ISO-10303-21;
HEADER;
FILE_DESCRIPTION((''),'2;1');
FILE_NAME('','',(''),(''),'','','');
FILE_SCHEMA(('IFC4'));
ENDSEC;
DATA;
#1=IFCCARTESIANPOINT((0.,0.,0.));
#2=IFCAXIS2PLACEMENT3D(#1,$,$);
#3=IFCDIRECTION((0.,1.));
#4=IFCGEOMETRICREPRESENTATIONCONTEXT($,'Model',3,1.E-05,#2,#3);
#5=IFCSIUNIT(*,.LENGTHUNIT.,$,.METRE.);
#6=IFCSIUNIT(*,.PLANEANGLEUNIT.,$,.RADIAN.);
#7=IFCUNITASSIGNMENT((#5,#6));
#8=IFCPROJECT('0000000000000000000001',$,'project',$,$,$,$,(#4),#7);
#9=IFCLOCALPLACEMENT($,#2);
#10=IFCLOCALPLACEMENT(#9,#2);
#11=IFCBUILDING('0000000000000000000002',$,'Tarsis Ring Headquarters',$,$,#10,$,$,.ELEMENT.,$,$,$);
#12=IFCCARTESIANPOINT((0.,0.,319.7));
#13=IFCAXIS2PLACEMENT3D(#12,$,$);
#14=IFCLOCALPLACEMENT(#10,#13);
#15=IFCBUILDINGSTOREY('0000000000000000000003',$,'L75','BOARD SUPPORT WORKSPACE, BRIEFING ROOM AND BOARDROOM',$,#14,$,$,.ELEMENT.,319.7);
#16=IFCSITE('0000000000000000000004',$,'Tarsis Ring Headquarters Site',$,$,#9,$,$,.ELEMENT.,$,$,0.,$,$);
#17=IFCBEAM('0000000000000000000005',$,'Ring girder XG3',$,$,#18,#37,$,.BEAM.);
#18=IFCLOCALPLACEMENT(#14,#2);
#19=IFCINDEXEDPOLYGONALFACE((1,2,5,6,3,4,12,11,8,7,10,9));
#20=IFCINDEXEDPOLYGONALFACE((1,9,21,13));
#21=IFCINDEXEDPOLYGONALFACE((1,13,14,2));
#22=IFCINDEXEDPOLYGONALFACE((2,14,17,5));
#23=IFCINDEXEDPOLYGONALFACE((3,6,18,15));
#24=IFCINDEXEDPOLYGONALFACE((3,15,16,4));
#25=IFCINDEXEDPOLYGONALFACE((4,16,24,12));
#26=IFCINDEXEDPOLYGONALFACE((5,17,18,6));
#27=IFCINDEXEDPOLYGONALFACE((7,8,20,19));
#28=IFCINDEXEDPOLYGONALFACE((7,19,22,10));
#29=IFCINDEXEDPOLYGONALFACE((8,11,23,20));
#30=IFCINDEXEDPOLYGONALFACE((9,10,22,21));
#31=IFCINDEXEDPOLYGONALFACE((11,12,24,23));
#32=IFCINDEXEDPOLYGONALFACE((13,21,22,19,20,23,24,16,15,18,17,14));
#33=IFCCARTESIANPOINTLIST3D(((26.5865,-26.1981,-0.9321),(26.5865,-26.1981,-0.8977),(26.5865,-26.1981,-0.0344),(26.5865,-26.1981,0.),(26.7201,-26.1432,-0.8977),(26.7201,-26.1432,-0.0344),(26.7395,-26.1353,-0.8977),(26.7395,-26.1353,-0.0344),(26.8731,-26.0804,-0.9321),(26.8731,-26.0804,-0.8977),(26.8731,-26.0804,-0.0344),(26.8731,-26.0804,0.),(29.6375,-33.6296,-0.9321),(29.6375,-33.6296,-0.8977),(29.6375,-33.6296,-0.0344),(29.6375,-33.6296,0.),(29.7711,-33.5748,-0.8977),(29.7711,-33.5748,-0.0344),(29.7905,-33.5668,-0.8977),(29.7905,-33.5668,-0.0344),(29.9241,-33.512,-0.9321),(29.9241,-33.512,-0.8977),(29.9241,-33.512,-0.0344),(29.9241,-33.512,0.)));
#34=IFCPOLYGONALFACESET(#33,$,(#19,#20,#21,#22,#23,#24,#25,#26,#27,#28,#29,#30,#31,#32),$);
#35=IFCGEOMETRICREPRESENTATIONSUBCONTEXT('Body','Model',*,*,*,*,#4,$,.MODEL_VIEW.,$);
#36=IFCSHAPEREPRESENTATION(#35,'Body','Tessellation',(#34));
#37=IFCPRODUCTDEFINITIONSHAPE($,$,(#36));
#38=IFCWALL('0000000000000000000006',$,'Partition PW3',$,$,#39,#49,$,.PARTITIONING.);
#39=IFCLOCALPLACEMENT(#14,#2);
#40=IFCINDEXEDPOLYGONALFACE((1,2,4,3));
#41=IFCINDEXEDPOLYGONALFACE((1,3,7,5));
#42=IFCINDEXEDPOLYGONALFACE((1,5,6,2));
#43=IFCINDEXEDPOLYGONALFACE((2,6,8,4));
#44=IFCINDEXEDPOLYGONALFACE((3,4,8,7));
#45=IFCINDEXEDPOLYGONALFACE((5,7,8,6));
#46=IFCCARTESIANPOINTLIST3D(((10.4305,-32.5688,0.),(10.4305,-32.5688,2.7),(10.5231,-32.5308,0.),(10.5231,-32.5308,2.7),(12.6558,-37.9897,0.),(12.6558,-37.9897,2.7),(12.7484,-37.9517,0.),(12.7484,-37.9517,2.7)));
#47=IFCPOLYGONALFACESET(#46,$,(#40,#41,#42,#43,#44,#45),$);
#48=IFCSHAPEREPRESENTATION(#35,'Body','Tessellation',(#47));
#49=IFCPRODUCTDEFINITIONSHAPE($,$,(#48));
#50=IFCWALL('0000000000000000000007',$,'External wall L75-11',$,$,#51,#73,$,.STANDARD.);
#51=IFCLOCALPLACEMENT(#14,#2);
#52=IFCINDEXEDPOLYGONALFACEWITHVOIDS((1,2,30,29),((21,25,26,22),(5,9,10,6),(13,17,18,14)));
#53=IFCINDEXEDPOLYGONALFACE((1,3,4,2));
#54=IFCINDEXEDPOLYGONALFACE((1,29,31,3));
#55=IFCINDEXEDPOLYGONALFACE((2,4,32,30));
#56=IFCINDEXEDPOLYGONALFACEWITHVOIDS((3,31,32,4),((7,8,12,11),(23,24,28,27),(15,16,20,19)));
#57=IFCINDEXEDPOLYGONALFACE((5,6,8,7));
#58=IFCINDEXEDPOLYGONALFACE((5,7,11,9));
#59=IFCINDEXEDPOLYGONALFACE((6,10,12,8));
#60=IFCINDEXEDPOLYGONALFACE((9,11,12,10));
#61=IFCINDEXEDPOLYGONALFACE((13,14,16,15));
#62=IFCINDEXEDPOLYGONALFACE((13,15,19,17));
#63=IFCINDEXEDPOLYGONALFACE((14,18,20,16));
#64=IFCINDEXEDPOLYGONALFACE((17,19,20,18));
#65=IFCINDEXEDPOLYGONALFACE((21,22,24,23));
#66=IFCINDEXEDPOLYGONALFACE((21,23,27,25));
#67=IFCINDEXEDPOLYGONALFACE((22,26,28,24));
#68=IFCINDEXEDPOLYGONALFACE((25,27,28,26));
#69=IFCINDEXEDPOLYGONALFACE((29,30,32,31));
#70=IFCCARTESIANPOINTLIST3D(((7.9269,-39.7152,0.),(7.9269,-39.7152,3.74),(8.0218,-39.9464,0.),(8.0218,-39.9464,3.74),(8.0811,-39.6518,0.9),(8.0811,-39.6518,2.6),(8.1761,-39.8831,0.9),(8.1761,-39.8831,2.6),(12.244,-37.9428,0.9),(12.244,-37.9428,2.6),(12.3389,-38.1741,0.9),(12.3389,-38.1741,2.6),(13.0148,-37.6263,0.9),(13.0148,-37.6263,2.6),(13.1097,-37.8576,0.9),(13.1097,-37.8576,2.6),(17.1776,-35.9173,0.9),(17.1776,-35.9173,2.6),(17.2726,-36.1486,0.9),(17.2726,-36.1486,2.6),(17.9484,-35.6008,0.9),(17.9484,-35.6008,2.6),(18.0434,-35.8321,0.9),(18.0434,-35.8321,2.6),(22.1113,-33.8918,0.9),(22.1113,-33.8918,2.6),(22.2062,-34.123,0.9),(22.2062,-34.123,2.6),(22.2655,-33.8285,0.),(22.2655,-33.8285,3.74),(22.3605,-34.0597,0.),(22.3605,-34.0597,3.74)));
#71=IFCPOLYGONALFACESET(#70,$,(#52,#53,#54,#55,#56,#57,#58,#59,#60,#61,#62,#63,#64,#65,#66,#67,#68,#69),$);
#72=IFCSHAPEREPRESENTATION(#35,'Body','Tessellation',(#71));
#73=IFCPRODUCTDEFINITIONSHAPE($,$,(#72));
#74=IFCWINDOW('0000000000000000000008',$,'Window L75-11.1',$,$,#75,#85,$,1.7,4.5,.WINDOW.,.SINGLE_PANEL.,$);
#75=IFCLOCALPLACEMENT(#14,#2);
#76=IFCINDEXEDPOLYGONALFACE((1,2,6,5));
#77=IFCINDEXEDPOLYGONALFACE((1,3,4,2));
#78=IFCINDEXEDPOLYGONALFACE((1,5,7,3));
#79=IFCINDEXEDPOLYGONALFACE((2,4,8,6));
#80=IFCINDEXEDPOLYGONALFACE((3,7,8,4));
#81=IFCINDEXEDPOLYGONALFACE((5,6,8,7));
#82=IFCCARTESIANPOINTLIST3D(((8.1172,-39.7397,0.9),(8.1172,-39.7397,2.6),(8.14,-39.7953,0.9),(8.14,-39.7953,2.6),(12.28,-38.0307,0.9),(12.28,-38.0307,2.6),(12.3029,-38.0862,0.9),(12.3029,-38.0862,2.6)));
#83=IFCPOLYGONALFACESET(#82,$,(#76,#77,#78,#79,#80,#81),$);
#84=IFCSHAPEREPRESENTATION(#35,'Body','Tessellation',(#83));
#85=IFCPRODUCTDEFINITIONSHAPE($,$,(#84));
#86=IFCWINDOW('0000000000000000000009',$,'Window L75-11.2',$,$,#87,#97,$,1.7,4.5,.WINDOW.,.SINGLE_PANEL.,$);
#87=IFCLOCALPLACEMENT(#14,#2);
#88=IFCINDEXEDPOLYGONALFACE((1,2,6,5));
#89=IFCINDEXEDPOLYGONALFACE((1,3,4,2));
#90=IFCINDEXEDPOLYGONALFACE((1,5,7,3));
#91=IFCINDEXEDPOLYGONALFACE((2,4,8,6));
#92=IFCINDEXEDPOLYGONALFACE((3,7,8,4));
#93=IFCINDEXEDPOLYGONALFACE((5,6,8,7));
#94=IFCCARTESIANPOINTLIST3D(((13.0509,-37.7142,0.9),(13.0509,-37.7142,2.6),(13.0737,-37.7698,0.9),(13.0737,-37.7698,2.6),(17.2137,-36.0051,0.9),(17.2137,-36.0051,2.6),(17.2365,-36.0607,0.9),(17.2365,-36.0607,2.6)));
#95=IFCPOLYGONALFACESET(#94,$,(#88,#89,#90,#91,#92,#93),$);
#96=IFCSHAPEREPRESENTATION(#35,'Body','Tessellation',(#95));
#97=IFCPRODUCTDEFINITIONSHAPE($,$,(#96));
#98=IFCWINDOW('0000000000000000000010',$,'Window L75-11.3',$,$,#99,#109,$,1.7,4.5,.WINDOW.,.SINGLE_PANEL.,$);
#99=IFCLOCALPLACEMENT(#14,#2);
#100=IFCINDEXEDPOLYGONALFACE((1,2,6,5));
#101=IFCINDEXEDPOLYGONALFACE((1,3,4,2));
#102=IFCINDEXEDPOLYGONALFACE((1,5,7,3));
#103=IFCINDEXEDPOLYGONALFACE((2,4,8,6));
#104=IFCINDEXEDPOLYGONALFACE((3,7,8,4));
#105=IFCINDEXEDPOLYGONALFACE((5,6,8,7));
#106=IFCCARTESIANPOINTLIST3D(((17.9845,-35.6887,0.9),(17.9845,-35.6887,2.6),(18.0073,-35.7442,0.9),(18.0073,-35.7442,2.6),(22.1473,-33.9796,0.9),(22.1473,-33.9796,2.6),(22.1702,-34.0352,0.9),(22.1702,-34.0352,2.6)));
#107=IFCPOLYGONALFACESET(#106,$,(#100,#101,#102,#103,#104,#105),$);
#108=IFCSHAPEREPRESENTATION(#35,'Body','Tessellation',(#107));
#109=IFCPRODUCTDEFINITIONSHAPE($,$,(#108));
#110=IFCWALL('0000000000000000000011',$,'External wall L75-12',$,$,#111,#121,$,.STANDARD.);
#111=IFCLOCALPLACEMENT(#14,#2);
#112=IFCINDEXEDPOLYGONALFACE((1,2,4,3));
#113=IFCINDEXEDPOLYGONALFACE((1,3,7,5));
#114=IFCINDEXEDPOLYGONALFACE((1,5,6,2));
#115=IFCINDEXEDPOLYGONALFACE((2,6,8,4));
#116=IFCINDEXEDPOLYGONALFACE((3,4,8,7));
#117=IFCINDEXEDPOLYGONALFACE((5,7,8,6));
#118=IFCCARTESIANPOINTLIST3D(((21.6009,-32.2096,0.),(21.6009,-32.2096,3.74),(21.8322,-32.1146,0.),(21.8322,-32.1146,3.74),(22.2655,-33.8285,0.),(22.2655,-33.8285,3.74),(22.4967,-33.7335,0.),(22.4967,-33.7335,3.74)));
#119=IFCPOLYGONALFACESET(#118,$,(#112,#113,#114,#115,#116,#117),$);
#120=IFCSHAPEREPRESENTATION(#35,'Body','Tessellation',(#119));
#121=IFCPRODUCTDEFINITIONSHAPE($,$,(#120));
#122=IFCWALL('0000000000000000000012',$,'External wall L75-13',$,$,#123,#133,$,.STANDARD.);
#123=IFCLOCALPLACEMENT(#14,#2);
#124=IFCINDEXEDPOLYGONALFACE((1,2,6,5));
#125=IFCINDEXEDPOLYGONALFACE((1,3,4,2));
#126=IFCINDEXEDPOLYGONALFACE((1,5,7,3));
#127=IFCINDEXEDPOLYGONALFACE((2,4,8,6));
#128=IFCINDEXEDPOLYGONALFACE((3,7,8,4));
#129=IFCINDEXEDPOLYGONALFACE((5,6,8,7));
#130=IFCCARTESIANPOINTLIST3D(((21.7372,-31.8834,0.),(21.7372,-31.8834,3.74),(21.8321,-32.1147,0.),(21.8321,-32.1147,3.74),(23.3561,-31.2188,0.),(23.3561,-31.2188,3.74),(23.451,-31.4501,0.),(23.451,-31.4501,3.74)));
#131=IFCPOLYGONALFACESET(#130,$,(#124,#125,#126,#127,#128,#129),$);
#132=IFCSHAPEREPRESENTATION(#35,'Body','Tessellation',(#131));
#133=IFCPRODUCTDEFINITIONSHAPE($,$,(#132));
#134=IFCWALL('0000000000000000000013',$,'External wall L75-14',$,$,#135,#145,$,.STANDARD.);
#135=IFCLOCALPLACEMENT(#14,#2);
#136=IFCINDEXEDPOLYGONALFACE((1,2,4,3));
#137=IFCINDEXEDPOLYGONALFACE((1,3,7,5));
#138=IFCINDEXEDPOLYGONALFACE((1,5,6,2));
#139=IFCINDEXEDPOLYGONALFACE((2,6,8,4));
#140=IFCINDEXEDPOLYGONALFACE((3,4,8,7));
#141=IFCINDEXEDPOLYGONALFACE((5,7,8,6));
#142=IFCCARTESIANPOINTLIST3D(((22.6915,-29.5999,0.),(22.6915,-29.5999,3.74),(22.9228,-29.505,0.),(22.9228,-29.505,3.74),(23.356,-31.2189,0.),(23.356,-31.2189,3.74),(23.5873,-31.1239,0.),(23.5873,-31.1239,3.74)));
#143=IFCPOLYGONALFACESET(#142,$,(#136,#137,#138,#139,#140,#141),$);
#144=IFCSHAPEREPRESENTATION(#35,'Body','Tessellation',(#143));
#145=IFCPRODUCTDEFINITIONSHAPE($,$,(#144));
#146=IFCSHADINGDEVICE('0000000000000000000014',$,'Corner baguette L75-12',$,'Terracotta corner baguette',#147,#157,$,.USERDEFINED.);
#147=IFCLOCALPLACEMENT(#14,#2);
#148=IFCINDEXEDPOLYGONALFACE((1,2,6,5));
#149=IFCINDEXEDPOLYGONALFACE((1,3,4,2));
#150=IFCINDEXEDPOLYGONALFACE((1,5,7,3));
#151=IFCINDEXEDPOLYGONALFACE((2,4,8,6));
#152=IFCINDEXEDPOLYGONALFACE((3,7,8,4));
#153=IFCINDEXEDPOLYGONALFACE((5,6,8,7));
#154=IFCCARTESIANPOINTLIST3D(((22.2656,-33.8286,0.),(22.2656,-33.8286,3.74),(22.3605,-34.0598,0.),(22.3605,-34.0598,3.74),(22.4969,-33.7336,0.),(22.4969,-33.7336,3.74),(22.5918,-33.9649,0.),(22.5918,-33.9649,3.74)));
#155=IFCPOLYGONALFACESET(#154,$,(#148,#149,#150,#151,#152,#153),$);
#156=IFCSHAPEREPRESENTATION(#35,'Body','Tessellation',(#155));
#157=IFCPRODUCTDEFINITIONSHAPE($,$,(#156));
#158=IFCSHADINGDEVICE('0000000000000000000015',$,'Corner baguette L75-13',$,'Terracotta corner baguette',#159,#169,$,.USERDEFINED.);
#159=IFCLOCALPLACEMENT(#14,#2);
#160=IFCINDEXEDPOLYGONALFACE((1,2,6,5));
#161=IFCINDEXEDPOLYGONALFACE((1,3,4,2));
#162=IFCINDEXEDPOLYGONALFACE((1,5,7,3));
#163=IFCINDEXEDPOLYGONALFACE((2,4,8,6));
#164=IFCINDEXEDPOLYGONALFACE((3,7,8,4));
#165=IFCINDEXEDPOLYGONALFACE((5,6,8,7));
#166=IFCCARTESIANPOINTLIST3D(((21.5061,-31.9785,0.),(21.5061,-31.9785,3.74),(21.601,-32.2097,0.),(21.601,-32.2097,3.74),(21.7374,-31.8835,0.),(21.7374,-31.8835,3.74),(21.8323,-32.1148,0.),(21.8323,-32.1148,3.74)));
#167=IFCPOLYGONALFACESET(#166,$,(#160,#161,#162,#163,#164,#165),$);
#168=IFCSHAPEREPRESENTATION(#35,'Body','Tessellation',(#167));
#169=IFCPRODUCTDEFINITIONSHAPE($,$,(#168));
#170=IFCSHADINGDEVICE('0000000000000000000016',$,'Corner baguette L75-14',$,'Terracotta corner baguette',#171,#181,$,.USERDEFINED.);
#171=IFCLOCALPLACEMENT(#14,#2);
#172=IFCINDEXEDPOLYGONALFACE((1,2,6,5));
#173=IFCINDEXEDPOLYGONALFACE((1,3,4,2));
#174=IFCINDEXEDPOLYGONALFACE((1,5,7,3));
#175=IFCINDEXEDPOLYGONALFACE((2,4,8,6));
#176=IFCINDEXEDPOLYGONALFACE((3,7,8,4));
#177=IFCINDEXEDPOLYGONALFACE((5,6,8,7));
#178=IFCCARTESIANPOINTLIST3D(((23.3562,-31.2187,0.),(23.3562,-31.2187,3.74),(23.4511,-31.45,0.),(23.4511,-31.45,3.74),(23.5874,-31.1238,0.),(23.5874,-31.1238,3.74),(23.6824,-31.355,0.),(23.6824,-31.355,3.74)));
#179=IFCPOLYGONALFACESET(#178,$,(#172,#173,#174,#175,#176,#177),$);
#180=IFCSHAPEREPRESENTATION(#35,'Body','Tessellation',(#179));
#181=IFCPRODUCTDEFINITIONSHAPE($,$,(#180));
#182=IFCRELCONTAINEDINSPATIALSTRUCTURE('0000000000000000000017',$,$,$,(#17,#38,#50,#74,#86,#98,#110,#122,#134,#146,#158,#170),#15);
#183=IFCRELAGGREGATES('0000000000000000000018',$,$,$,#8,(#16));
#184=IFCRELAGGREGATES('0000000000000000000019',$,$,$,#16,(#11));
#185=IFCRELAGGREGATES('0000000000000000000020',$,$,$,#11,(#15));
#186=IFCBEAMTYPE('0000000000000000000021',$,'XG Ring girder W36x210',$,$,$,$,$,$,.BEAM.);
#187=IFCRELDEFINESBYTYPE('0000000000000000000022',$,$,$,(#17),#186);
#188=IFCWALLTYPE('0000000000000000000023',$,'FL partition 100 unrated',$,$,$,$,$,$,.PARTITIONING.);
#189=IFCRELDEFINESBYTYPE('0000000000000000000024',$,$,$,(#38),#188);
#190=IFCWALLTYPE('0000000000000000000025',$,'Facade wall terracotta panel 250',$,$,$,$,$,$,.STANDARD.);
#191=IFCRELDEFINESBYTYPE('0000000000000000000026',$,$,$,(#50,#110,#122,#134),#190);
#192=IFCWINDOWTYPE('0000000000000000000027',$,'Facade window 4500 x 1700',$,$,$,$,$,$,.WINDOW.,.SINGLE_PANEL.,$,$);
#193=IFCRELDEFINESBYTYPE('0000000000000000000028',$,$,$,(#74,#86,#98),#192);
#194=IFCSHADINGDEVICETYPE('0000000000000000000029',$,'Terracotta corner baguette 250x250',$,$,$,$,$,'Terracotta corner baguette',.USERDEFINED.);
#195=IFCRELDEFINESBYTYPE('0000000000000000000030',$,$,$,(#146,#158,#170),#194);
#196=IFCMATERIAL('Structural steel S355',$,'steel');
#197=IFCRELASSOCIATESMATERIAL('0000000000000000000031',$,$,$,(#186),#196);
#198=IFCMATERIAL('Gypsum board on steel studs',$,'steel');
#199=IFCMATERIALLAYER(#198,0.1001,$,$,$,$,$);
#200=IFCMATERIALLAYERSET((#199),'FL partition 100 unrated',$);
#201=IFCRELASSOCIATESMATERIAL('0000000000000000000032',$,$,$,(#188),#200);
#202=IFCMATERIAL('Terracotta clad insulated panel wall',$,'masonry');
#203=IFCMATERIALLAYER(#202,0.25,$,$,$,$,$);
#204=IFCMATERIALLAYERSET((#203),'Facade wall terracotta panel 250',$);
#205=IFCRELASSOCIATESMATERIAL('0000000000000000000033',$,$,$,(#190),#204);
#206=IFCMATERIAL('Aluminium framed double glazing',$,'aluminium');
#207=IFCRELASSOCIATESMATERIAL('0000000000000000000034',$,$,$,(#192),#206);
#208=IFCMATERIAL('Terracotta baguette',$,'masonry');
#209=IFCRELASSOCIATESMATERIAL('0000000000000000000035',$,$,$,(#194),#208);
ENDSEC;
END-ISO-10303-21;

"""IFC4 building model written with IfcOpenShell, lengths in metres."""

from ifc_helpers import new_model, si_unit, direction, frame, frame_2d, origin, origin_2d, place, context, subcontext, project, spatial, rectangle, i_section, extrude, material, layer, layer_set, material_profile, profile_set, type_object, element, fill, save


model = new_model("IFC4")

# Units and contexts
model_context = context("Model", 3, precision=1e-05, world=origin(), true_north=direction((0.0, 1.0)))
body_context = subcontext(model_context, "Body", "Model", "MODEL_VIEW")
ifc_project = project(units=[si_unit("LENGTHUNIT", "METRE"), si_unit("PLANEANGLEUNIT", "RADIAN")], contexts=[model_context])

# Site, building, storey
site_placement = place(None, origin())
site = spatial("IfcSite", under=ifc_project, at=site_placement, Name="Tarsis Ring Headquarters Site", CompositionType="ELEMENT", RefElevation=0.0)
building_placement = place(site_placement, origin())
building = spatial("IfcBuilding", under=site, at=building_placement, Name="Tarsis Ring Headquarters", CompositionType="ELEMENT")
storey_placement = place(building_placement, frame((0.0, 0.0, 319.7)))
storey = spatial("IfcBuildingStorey", under=building, at=storey_placement, Name="L75", Description="BOARD SUPPORT WORKSPACE, BRIEFING ROOM AND BOARDROOM", CompositionType="ELEMENT", Elevation=319.7)

# Shared definitions
ifc_material_1 = material(Name="Structural steel S355", Category="steel")

# Beam
ifc_material_profile_1 = material_profile(ifc_material_1, i_section(OverallWidth=0.3098, OverallDepth=0.9321, WebThickness=0.021, FlangeThickness=0.0344, at=origin_2d()), Name="W36x210")
ifc_profile_set_1 = profile_set([ifc_material_profile_1], Name="Structural steel S355")
beam_type = type_object("IfcBeamType", Name="XG Ring girder W36x210", PredefinedType="BEAM", material=ifc_profile_set_1)
beam_1_placement = place(storey_placement, frame((29.7808, -33.5708, -0.4661), z_axis=(-0.379785, 0.925075, 0.0), x_axis=(-0.925075, -0.379785, 0.0)))
element("IfcBeam", 1, at=beam_1_placement, inside=storey, type_object=beam_type, Name="Ring girder XG3", PredefinedType="BEAM", context=body_context, shape_type="SweptSolid", body=[
    extrude(i_section(OverallWidth=0.3098, OverallDepth=0.9321, WebThickness=0.021, FlangeThickness=0.0344, at=origin_2d()), origin(), (0.0, 0.0, 1.0), 8.0334),
])

# Wall
ifc_material_2 = material(Name="Gypsum board on steel studs", Category="steel")
ifc_layer_1 = layer(ifc_material_2, 0.1001)
ifc_layer_set_1 = layer_set([ifc_layer_1], Name="FL partition 100 unrated")
wall_type_1 = type_object("IfcWallType", Name="FL partition 100 unrated", PredefinedType="PARTITIONING", material=ifc_layer_set_1)
wall_1_placement = place(storey_placement, frame((10.4768, -32.5498, 0.0), z_axis=(0.0, 0.0, 1.0), x_axis=(0.379758, -0.925086, 0.0)))
element("IfcWall", 2, at=wall_1_placement, inside=storey, type_object=wall_type_1, Name="Partition PW3", PredefinedType="PARTITIONING", context=body_context, shape_type="SweptSolid", body=[
    extrude(rectangle(XDim=5.8599, YDim=0.1001, at=frame_2d((2.9299, 0.0))), origin(), (0.0, 0.0, 1.0), 2.7),
])

# Wall, openings, windows
ifc_material_3 = material(Name="Terracotta clad insulated panel wall", Category="masonry")
ifc_layer_2 = layer(ifc_material_3, 0.25)
ifc_layer_set_2 = layer_set([ifc_layer_2], Name="Facade wall terracotta panel 250")
wall_type_2 = type_object("IfcWallType", Name="Facade wall terracotta panel 250", PredefinedType="STANDARD", material=ifc_layer_set_2)
wall_2_placement = place(storey_placement, frame((7.9744, -39.8308, 0.0), z_axis=(0.0, 0.0, 1.0), x_axis=(0.925073, 0.379789, 0.0)))
wall_2 = element("IfcWall", 3, at=wall_2_placement, inside=storey, type_object=wall_type_2, Name="External wall L75-11", PredefinedType="STANDARD", context=body_context, shape_type="SweptSolid", body=[
    extrude(rectangle(XDim=15.5, YDim=0.25, at=frame_2d((7.75, 0.0))), origin(), (0.0, 0.0, 1.0), 3.74),
])
opening_1_placement = place(wall_2_placement, frame((0.1667, 0.0, 0.8999)))
opening_1 = element("IfcOpeningElement", 4, at=opening_1_placement, cuts=wall_2, PredefinedType="OPENING", context=body_context, shape_type="SweptSolid", body=[
    extrude(rectangle(XDim=4.5, YDim=1.7, at=frame_2d((2.25, 0.8501))), frame((0.0, 0.135, 0.0), z_axis=(0.0, -1.0, 0.0), x_axis=(1.0, 0.0, 0.0)), (0.0, 0.0, 1.0), 0.27),
])
opening_2_placement = place(wall_2_placement, frame((5.5, 0.0, 0.8999)))
opening_2 = element("IfcOpeningElement", 5, at=opening_2_placement, cuts=wall_2, PredefinedType="OPENING", context=body_context, shape_type="SweptSolid", body=[
    extrude(rectangle(XDim=4.5, YDim=1.7, at=frame_2d((2.25, 0.8501))), frame((0.0, 0.135, 0.0), z_axis=(0.0, -1.0, 0.0), x_axis=(1.0, 0.0, 0.0)), (0.0, 0.0, 1.0), 0.27),
])
opening_3_placement = place(wall_2_placement, frame((10.8333, 0.0, 0.8999)))
opening_3 = element("IfcOpeningElement", 6, at=opening_3_placement, cuts=wall_2, PredefinedType="OPENING", context=body_context, shape_type="SweptSolid", body=[
    extrude(rectangle(XDim=4.5, YDim=1.7, at=frame_2d((2.25, 0.8501))), frame((0.0, 0.135, 0.0), z_axis=(0.0, -1.0, 0.0), x_axis=(1.0, 0.0, 0.0)), (0.0, 0.0, 1.0), 0.27),
])
ifc_material_4 = material(Name="Aluminium framed double glazing", Category="aluminium")
window_type = type_object("IfcWindowType", Name="Facade window 4500 x 1700", PartitioningType="SINGLE_PANEL", PredefinedType="WINDOW", material=ifc_material_4)
window_1_placement = place(opening_1_placement, origin())
window_1 = element("IfcWindow", 7, at=window_1_placement, inside=storey, type_object=window_type, Name="Window L75-11.1", OverallHeight=1.7, OverallWidth=4.5, PartitioningType="SINGLE_PANEL", PredefinedType="WINDOW", context=body_context, shape_type="SweptSolid", body=[
    extrude(rectangle(XDim=4.5, YDim=1.7, at=frame_2d((2.25, 0.8501))), frame((0.0, 0.03, 0.0), z_axis=(0.0, -1.0, 0.0), x_axis=(1.0, 0.0, 0.0)), (0.0, 0.0, 1.0), 0.0601),
])
fill(opening_1, window_1)
window_2_placement = place(opening_2_placement, origin())
window_2 = element("IfcWindow", 8, at=window_2_placement, inside=storey, type_object=window_type, Name="Window L75-11.2", OverallHeight=1.7, OverallWidth=4.5, PartitioningType="SINGLE_PANEL", PredefinedType="WINDOW", context=body_context, shape_type="SweptSolid", body=[
    extrude(rectangle(XDim=4.5, YDim=1.7, at=frame_2d((2.25, 0.8501))), frame((0.0, 0.03, 0.0), z_axis=(0.0, -1.0, 0.0), x_axis=(1.0, 0.0, 0.0)), (0.0, 0.0, 1.0), 0.0601),
])
fill(opening_2, window_2)
window_3_placement = place(opening_3_placement, origin())
window_3 = element("IfcWindow", 9, at=window_3_placement, inside=storey, type_object=window_type, Name="Window L75-11.3", OverallHeight=1.7, OverallWidth=4.5, PartitioningType="SINGLE_PANEL", PredefinedType="WINDOW", context=body_context, shape_type="SweptSolid", body=[
    extrude(rectangle(XDim=4.5, YDim=1.7, at=frame_2d((2.25, 0.8501))), frame((0.0, 0.03, 0.0), z_axis=(0.0, -1.0, 0.0), x_axis=(1.0, 0.0, 0.0)), (0.0, 0.0, 1.0), 0.0601),
])
fill(opening_3, window_3)

# Walls
for number, where, z_axis, x_axis, name in (
    (10, (22.3811, -33.781, 0.0), (0.0, 0.0, 1.0), (-0.379746, 0.925091, 0.0), "External wall L75-12"),
    (11, (21.7847, -31.999, 0.0), (0.0, 0.0, 1.0), (0.925091, 0.379746, 0.0), "External wall L75-13"),
    (12, (23.4717, -31.1714, 0.0), (0.0, 0.0, 1.0), (-0.379746, 0.925091, 0.0), "External wall L75-14"),
):
    element("IfcWall", number, at=place(storey_placement, frame(where, z_axis=z_axis, x_axis=x_axis)), inside=storey, type_object=wall_type_2, Name=name, PredefinedType="STANDARD", context=body_context, shape_type="SweptSolid", body=[
        extrude(rectangle(XDim=1.75, YDim=0.25, at=frame_2d((0.875, 0.0))), origin(), (0.0, 0.0, 1.0), 3.74),
    ])

# Shading devices
ifc_material_5 = material(Name="Terracotta baguette", Category="masonry")
shading_device_type_1 = type_object("IfcShadingDeviceType", Name="Terracotta corner baguette 250x250", ElementType="Terracotta corner baguette", PredefinedType="USERDEFINED", material=ifc_material_5)
for number, where, z_axis, x_axis, name in (
    (13, (22.4287, -33.8967, 0.0), (0.0, 0.0, 1.0), (0.925077, 0.379779, 0.0), "Corner baguette L75-12"),
    (14, (21.6692, -32.0466, 0.0), (0.0, 0.0, 1.0), (-0.379779, 0.925077, 0.0), "Corner baguette L75-13"),
    (15, (23.5193, -31.2869, 0.0), (0.0, 0.0, 1.0), (0.925077, 0.379779, 0.0), "Corner baguette L75-14"),
):
    element("IfcShadingDevice", number, at=place(storey_placement, frame(where, z_axis=z_axis, x_axis=x_axis)), inside=storey, type_object=shading_device_type_1, Name=name, ObjectType="Terracotta corner baguette", PredefinedType="USERDEFINED", context=body_context, shape_type="SweptSolid", body=[
        extrude(rectangle(XDim=0.25, YDim=0.25, at=origin_2d()), origin(), (0.0, 0.0, 1.0), 3.74),
    ])

save(model, "model.ifc")
